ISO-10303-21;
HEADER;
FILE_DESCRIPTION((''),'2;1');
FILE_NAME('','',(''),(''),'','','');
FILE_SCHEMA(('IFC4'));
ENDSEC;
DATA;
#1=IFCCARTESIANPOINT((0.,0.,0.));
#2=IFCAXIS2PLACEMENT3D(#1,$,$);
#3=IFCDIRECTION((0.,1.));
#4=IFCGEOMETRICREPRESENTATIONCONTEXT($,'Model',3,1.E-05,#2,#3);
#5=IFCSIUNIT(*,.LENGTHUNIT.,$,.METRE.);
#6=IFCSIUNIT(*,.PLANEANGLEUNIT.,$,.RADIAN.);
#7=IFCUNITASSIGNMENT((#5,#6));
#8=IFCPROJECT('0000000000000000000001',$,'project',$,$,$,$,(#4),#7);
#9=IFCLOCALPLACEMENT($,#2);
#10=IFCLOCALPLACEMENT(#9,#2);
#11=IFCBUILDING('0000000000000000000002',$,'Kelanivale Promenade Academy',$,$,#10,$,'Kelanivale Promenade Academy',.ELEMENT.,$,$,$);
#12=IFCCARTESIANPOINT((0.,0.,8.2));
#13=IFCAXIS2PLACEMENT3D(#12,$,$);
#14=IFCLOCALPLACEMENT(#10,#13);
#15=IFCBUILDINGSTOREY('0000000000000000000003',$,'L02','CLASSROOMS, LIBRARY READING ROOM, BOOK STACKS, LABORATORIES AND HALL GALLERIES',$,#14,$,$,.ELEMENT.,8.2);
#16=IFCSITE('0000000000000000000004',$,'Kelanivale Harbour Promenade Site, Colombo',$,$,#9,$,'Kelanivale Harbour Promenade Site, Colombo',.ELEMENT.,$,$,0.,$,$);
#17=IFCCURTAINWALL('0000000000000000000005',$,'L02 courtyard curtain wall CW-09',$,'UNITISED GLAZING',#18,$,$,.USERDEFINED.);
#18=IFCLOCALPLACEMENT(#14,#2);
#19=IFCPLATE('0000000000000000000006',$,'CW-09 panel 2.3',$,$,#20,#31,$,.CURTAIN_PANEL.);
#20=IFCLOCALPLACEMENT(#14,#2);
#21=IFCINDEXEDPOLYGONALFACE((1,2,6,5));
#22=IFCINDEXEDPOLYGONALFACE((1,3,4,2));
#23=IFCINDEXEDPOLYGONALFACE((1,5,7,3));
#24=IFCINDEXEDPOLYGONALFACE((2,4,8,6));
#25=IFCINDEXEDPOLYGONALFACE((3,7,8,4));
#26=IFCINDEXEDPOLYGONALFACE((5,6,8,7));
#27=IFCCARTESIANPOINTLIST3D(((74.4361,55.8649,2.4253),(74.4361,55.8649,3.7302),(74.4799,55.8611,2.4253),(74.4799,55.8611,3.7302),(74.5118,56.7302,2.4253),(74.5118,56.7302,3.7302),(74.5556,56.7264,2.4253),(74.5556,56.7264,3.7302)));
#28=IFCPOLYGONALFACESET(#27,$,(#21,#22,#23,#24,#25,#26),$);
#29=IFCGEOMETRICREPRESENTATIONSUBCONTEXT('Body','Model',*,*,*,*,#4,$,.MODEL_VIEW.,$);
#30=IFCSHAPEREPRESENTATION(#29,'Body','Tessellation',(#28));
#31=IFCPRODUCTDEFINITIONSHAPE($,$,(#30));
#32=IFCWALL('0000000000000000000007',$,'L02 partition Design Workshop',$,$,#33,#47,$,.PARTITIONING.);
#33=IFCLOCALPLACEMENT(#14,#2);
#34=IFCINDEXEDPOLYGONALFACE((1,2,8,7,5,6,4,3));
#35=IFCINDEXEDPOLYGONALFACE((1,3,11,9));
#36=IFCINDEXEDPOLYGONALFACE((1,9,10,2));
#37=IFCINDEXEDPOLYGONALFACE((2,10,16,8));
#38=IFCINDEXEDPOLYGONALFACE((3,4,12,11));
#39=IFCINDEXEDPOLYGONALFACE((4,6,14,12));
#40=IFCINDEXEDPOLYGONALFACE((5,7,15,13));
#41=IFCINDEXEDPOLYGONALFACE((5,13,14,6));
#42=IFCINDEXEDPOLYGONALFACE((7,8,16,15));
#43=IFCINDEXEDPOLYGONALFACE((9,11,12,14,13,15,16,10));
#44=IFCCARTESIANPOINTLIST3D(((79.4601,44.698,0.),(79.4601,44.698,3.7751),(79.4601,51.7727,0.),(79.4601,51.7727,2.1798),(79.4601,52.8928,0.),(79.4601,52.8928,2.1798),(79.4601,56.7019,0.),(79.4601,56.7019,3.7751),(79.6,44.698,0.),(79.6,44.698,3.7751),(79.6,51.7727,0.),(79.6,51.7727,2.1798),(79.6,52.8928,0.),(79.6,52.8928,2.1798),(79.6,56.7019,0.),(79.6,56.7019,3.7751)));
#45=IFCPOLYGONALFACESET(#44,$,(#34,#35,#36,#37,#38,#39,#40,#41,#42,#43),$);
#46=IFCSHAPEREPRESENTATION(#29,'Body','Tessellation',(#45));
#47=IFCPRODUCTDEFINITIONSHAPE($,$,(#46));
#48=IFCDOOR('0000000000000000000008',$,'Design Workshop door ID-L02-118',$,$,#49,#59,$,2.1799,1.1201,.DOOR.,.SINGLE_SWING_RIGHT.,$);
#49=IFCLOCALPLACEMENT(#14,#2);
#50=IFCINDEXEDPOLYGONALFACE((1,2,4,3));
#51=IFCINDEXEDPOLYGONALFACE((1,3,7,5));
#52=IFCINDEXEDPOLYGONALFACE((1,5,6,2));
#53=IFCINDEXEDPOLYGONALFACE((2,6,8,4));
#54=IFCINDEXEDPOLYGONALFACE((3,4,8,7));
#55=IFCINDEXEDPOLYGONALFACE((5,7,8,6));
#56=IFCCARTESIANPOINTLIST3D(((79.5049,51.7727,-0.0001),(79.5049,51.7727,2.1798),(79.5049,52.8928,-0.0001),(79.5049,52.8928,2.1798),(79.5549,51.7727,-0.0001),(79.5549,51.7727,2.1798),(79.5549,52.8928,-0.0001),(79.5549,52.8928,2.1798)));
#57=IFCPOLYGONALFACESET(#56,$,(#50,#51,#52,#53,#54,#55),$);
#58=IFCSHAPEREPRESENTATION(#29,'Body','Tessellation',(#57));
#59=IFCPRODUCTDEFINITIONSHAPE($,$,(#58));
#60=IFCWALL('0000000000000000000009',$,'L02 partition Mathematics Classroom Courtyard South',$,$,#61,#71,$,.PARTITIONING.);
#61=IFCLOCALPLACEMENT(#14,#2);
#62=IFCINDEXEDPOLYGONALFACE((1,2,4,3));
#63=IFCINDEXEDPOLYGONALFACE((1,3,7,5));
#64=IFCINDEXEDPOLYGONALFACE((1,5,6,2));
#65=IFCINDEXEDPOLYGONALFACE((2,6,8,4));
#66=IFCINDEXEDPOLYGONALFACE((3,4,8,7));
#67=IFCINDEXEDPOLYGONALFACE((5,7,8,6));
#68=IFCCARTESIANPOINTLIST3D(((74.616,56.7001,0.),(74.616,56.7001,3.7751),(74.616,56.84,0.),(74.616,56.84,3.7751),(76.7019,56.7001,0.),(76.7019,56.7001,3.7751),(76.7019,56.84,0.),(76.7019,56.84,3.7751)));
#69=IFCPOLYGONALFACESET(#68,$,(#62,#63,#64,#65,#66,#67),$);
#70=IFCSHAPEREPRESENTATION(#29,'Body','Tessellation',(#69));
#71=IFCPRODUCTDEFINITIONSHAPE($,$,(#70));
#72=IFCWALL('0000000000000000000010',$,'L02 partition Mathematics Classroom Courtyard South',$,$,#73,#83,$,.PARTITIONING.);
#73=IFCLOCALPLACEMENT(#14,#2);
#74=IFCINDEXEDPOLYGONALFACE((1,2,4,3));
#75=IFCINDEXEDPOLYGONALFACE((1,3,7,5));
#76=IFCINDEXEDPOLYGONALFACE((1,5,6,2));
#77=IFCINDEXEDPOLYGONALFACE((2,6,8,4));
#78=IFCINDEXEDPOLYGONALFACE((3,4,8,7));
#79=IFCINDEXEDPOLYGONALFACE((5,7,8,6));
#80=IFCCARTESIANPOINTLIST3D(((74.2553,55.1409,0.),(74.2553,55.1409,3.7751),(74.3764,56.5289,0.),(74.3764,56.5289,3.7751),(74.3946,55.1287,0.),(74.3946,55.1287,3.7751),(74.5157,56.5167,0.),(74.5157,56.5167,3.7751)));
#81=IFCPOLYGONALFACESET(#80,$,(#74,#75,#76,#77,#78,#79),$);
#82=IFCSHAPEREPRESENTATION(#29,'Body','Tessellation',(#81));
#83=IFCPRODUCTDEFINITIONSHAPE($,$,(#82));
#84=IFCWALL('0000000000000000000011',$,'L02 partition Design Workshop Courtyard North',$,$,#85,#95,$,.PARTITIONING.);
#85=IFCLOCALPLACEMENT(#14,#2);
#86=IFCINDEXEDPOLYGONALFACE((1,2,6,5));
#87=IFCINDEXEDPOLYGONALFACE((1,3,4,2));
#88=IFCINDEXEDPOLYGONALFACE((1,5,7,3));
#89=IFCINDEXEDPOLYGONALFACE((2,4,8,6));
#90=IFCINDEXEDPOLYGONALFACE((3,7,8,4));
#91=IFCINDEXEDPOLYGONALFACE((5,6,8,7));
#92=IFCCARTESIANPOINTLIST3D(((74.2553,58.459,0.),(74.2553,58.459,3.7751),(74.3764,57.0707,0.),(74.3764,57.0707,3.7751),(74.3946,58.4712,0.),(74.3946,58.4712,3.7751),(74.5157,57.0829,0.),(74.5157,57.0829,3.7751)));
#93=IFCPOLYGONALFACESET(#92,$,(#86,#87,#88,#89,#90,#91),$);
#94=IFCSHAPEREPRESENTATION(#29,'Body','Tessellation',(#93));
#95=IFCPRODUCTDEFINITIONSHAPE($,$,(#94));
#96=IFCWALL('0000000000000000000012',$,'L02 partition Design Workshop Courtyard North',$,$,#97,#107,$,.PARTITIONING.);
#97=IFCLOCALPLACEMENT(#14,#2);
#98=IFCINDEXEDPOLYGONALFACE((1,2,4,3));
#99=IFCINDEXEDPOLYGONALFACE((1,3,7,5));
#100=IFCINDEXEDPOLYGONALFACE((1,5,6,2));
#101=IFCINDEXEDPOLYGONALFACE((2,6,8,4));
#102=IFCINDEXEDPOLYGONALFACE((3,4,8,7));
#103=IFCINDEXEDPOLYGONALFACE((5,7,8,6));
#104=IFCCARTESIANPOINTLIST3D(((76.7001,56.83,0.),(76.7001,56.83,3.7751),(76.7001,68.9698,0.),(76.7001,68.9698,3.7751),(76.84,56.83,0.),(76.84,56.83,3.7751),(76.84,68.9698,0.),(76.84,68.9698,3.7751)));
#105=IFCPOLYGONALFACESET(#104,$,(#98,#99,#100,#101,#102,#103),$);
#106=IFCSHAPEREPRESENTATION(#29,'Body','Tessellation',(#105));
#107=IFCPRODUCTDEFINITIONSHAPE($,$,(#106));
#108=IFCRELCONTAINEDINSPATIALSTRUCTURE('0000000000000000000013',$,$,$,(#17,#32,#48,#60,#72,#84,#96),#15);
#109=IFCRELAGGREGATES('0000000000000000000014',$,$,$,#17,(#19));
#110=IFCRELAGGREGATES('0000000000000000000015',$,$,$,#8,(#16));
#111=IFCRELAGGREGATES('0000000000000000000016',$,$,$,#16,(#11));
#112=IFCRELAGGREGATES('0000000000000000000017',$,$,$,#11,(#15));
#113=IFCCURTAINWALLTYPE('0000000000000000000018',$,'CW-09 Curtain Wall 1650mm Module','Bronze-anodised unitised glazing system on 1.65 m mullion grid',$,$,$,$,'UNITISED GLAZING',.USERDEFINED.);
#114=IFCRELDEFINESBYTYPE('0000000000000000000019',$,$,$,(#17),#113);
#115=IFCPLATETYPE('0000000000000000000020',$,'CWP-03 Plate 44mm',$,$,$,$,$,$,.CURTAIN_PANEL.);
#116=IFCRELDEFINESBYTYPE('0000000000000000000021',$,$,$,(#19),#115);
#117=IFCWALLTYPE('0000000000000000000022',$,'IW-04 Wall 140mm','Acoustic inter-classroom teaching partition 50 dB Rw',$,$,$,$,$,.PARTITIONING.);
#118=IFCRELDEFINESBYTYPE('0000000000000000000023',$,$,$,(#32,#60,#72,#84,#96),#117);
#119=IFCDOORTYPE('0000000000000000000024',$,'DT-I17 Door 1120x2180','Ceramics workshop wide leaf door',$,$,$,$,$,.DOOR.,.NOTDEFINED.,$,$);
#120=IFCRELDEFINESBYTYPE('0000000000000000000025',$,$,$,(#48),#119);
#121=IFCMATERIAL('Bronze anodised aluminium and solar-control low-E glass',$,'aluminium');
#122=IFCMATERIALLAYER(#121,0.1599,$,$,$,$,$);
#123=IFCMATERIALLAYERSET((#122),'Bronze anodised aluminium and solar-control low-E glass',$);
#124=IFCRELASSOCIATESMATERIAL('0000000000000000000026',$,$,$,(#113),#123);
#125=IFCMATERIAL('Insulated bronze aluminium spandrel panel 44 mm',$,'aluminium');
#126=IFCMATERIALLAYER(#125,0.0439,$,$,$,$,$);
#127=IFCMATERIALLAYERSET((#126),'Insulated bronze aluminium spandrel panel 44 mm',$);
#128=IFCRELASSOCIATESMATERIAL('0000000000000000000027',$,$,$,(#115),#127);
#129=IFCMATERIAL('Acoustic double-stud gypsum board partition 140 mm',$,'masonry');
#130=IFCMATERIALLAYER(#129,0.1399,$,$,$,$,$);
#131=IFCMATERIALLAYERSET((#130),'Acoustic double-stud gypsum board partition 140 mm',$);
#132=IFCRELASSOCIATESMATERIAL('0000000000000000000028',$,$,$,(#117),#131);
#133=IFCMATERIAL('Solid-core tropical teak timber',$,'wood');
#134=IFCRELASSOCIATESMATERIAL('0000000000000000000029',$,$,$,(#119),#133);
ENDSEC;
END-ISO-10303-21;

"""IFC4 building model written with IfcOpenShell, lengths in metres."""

from ifc_helpers import new_model, si_unit, direction, frame, frame_2d, origin, origin_2d, place, context, subcontext, project, spatial, rectangle, extrude, material, layer, layer_set, type_object, element, fill, aggregate, save


model = new_model("IFC4")

# Units and contexts
model_context = context("Model", 3, precision=1e-05, world=origin(), true_north=direction((0.0, 1.0)))
body_context = subcontext(model_context, "Body", "Model", "MODEL_VIEW")
ifc_project = project(units=[si_unit("LENGTHUNIT", "METRE"), si_unit("PLANEANGLEUNIT", "RADIAN")], contexts=[model_context])

# Site, building, storey
site_placement = place(None, origin())
site = spatial("IfcSite", under=ifc_project, at=site_placement, Name="Kelanivale Harbour Promenade Site, Colombo", LongName="Kelanivale Harbour Promenade Site, Colombo", CompositionType="ELEMENT", RefElevation=0.0)
building_placement = place(site_placement, origin())
building = spatial("IfcBuilding", under=site, at=building_placement, Name="Kelanivale Promenade Academy", LongName="Kelanivale Promenade Academy", CompositionType="ELEMENT")
storey_placement = place(building_placement, frame((0.0, 0.0, 8.2)))
storey = spatial("IfcBuildingStorey", under=building, at=storey_placement, Name="L02", Description="CLASSROOMS, LIBRARY READING ROOM, BOOK STACKS, LABORATORIES AND HALL GALLERIES", CompositionType="ELEMENT", Elevation=8.2)

# Curtain wall
ifc_material_1 = material(Name="Bronze anodised aluminium and solar-control low-E glass", Category="aluminium")
ifc_layer_1 = layer(ifc_material_1, 0.1599)
ifc_layer_set_1 = layer_set([ifc_layer_1], Name="Bronze anodised aluminium and solar-control low-E glass")
curtain_wall_type_1 = type_object("IfcCurtainWallType", Name="CW-09 Curtain Wall 1650mm Module", Description="Bronze-anodised unitised glazing system on 1.65 m mullion grid", ElementType="UNITISED GLAZING", PredefinedType="USERDEFINED", material=ifc_layer_set_1)
curtain_wall_1_placement = place(storey_placement, origin())
curtain_wall_1 = element("IfcCurtainWall", 1, at=curtain_wall_1_placement, inside=storey, type_object=curtain_wall_type_1, Name="L02 courtyard curtain wall CW-09", ObjectType="UNITISED GLAZING", PredefinedType="USERDEFINED")

# Plate
ifc_material_2 = material(Name="Insulated bronze aluminium spandrel panel 44 mm", Category="aluminium")
ifc_layer_2 = layer(ifc_material_2, 0.0439)
ifc_layer_set_2 = layer_set([ifc_layer_2], Name="Insulated bronze aluminium spandrel panel 44 mm")
plate_type_1 = type_object("IfcPlateType", Name="CWP-03 Plate 44mm", PredefinedType="CURTAIN_PANEL", material=ifc_layer_set_2)
plate_1_placement = place(storey_placement, frame((74.4958, 56.2957, 2.4253), z_axis=(0.0, 0.0, 1.0), x_axis=(0.087102, 0.996199, 0.0)))
plate_1 = element("IfcPlate", 2, at=plate_1_placement, type_object=plate_type_1, Name="CW-09 panel 2.3", PredefinedType="CURTAIN_PANEL", context=body_context, shape_type="SweptSolid", body=[
    extrude(rectangle(XDim=0.8687, YDim=0.0439, at=origin_2d()), origin(), (0.0, 0.0, 1.0), 1.3049),
])
aggregate(curtain_wall_1, [plate_1])

# Wall, opening, door
ifc_material_3 = material(Name="Acoustic double-stud gypsum board partition 140 mm", Category="masonry")
ifc_layer_3 = layer(ifc_material_3, 0.1399)
ifc_layer_set_3 = layer_set([ifc_layer_3], Name="Acoustic double-stud gypsum board partition 140 mm")
wall_type = type_object("IfcWallType", Name="IW-04 Wall 140mm", Description="Acoustic inter-classroom teaching partition 50 dB Rw", PredefinedType="PARTITIONING", material=ifc_layer_set_3)
wall_1_placement = place(storey_placement, frame((79.53, 56.7019, 0.0), z_axis=(0.0, 0.0, 1.0), x_axis=(0.0, -1.0, 0.0)))
wall_1 = element("IfcWall", 3, at=wall_1_placement, inside=storey, type_object=wall_type, Name="L02 partition Design Workshop", PredefinedType="PARTITIONING", context=body_context, shape_type="SweptSolid", body=[
    extrude(rectangle(XDim=12.0039, YDim=0.1399, at=frame_2d((6.002, 0.0))), origin(), (0.0, 0.0, 1.0), 3.7751),
])
opening_placement = place(wall_1_placement, frame((3.8091, 0.0, 0.0)))
opening = element("IfcOpeningElement", 4, at=opening_placement, cuts=wall_1, PredefinedType="OPENING", context=body_context, shape_type="SweptSolid", body=[
    extrude(rectangle(XDim=1.1201, YDim=2.1799, at=frame_2d((0.5601, 1.0898))), frame((0.0, 0.0801, 0.0), z_axis=(0.0, -1.0, 0.0), x_axis=(1.0, 0.0, 0.0)), (0.0, 0.0, 1.0), 0.1599),
])
ifc_material_4 = material(Name="Solid-core tropical teak timber", Category="wood")
door_type = type_object("IfcDoorType", Name="DT-I17 Door 1120x2180", Description="Ceramics workshop wide leaf door", OperationType="NOTDEFINED", PredefinedType="DOOR", material=ifc_material_4)
door_placement = place(opening_placement, origin())
door = element("IfcDoor", 5, at=door_placement, inside=storey, type_object=door_type, Name="Design Workshop door ID-L02-118", OperationType="SINGLE_SWING_RIGHT", OverallHeight=2.1799, OverallWidth=1.1201, PredefinedType="DOOR", context=body_context, shape_type="SweptSolid", body=[
    extrude(rectangle(XDim=1.1201, YDim=2.1799, at=frame_2d((0.5601, 1.0898))), frame((0.0, 0.0249, 0.0), z_axis=(0.0, -1.0, 0.0), x_axis=(1.0, 0.0, 0.0)), (0.0, 0.0, 1.0), 0.05),
])
fill(opening, door)

# Walls
wall_2_placement = place(storey_placement, frame((76.7019, 56.77, 0.0), z_axis=(0.0, 0.0, 1.0), x_axis=(-1.0, 0.0, 0.0)))
element("IfcWall", 6, at=wall_2_placement, inside=storey, type_object=wall_type, Name="L02 partition Mathematics Classroom Courtyard South", PredefinedType="PARTITIONING", context=body_context, shape_type="SweptSolid", body=[
    extrude(rectangle(XDim=2.0859, YDim=0.1399, at=frame_2d((1.043, 0.0))), origin(), (0.0, 0.0, 1.0), 3.7751),
])
wall_3_placement = place(storey_placement, frame((74.446, 56.5229, 0.0), z_axis=(0.0, 0.0, 1.0), x_axis=(-0.086917, -0.996216, 0.0)))
element("IfcWall", 7, at=wall_3_placement, inside=storey, type_object=wall_type, Name="L02 partition Mathematics Classroom Courtyard South", PredefinedType="PARTITIONING", context=body_context, shape_type="SweptSolid", body=[
    extrude(rectangle(XDim=1.3933, YDim=0.1399, at=frame_2d((0.6968, 0.0))), origin(), (0.0, 0.0, 1.0), 3.7751),
])
wall_4_placement = place(storey_placement, frame((74.325, 58.4651, 0.0), z_axis=(0.0, 0.0, 1.0), x_axis=(0.086902, -0.996217, 0.0)))
element("IfcWall", 8, at=wall_4_placement, inside=storey, type_object=wall_type, Name="L02 partition Design Workshop Courtyard North", PredefinedType="PARTITIONING", context=body_context, shape_type="SweptSolid", body=[
    extrude(rectangle(XDim=1.3936, YDim=0.1399, at=frame_2d((0.6968, 0.0))), origin(), (0.0, 0.0, 1.0), 3.7751),
])
wall_5_placement = place(storey_placement, frame((76.77, 56.8301, 0.0), z_axis=(0.0, 0.0, 1.0), x_axis=(0.0, 1.0, 0.0)))
element("IfcWall", 9, at=wall_5_placement, inside=storey, type_object=wall_type, Name="L02 partition Design Workshop Courtyard North", PredefinedType="PARTITIONING", context=body_context, shape_type="SweptSolid", body=[
    extrude(rectangle(XDim=12.1399, YDim=0.1399, at=frame_2d((6.0698, 0.0))), origin(), (0.0, 0.0, 1.0), 3.7751),
])

save(model, "model.ifc")
